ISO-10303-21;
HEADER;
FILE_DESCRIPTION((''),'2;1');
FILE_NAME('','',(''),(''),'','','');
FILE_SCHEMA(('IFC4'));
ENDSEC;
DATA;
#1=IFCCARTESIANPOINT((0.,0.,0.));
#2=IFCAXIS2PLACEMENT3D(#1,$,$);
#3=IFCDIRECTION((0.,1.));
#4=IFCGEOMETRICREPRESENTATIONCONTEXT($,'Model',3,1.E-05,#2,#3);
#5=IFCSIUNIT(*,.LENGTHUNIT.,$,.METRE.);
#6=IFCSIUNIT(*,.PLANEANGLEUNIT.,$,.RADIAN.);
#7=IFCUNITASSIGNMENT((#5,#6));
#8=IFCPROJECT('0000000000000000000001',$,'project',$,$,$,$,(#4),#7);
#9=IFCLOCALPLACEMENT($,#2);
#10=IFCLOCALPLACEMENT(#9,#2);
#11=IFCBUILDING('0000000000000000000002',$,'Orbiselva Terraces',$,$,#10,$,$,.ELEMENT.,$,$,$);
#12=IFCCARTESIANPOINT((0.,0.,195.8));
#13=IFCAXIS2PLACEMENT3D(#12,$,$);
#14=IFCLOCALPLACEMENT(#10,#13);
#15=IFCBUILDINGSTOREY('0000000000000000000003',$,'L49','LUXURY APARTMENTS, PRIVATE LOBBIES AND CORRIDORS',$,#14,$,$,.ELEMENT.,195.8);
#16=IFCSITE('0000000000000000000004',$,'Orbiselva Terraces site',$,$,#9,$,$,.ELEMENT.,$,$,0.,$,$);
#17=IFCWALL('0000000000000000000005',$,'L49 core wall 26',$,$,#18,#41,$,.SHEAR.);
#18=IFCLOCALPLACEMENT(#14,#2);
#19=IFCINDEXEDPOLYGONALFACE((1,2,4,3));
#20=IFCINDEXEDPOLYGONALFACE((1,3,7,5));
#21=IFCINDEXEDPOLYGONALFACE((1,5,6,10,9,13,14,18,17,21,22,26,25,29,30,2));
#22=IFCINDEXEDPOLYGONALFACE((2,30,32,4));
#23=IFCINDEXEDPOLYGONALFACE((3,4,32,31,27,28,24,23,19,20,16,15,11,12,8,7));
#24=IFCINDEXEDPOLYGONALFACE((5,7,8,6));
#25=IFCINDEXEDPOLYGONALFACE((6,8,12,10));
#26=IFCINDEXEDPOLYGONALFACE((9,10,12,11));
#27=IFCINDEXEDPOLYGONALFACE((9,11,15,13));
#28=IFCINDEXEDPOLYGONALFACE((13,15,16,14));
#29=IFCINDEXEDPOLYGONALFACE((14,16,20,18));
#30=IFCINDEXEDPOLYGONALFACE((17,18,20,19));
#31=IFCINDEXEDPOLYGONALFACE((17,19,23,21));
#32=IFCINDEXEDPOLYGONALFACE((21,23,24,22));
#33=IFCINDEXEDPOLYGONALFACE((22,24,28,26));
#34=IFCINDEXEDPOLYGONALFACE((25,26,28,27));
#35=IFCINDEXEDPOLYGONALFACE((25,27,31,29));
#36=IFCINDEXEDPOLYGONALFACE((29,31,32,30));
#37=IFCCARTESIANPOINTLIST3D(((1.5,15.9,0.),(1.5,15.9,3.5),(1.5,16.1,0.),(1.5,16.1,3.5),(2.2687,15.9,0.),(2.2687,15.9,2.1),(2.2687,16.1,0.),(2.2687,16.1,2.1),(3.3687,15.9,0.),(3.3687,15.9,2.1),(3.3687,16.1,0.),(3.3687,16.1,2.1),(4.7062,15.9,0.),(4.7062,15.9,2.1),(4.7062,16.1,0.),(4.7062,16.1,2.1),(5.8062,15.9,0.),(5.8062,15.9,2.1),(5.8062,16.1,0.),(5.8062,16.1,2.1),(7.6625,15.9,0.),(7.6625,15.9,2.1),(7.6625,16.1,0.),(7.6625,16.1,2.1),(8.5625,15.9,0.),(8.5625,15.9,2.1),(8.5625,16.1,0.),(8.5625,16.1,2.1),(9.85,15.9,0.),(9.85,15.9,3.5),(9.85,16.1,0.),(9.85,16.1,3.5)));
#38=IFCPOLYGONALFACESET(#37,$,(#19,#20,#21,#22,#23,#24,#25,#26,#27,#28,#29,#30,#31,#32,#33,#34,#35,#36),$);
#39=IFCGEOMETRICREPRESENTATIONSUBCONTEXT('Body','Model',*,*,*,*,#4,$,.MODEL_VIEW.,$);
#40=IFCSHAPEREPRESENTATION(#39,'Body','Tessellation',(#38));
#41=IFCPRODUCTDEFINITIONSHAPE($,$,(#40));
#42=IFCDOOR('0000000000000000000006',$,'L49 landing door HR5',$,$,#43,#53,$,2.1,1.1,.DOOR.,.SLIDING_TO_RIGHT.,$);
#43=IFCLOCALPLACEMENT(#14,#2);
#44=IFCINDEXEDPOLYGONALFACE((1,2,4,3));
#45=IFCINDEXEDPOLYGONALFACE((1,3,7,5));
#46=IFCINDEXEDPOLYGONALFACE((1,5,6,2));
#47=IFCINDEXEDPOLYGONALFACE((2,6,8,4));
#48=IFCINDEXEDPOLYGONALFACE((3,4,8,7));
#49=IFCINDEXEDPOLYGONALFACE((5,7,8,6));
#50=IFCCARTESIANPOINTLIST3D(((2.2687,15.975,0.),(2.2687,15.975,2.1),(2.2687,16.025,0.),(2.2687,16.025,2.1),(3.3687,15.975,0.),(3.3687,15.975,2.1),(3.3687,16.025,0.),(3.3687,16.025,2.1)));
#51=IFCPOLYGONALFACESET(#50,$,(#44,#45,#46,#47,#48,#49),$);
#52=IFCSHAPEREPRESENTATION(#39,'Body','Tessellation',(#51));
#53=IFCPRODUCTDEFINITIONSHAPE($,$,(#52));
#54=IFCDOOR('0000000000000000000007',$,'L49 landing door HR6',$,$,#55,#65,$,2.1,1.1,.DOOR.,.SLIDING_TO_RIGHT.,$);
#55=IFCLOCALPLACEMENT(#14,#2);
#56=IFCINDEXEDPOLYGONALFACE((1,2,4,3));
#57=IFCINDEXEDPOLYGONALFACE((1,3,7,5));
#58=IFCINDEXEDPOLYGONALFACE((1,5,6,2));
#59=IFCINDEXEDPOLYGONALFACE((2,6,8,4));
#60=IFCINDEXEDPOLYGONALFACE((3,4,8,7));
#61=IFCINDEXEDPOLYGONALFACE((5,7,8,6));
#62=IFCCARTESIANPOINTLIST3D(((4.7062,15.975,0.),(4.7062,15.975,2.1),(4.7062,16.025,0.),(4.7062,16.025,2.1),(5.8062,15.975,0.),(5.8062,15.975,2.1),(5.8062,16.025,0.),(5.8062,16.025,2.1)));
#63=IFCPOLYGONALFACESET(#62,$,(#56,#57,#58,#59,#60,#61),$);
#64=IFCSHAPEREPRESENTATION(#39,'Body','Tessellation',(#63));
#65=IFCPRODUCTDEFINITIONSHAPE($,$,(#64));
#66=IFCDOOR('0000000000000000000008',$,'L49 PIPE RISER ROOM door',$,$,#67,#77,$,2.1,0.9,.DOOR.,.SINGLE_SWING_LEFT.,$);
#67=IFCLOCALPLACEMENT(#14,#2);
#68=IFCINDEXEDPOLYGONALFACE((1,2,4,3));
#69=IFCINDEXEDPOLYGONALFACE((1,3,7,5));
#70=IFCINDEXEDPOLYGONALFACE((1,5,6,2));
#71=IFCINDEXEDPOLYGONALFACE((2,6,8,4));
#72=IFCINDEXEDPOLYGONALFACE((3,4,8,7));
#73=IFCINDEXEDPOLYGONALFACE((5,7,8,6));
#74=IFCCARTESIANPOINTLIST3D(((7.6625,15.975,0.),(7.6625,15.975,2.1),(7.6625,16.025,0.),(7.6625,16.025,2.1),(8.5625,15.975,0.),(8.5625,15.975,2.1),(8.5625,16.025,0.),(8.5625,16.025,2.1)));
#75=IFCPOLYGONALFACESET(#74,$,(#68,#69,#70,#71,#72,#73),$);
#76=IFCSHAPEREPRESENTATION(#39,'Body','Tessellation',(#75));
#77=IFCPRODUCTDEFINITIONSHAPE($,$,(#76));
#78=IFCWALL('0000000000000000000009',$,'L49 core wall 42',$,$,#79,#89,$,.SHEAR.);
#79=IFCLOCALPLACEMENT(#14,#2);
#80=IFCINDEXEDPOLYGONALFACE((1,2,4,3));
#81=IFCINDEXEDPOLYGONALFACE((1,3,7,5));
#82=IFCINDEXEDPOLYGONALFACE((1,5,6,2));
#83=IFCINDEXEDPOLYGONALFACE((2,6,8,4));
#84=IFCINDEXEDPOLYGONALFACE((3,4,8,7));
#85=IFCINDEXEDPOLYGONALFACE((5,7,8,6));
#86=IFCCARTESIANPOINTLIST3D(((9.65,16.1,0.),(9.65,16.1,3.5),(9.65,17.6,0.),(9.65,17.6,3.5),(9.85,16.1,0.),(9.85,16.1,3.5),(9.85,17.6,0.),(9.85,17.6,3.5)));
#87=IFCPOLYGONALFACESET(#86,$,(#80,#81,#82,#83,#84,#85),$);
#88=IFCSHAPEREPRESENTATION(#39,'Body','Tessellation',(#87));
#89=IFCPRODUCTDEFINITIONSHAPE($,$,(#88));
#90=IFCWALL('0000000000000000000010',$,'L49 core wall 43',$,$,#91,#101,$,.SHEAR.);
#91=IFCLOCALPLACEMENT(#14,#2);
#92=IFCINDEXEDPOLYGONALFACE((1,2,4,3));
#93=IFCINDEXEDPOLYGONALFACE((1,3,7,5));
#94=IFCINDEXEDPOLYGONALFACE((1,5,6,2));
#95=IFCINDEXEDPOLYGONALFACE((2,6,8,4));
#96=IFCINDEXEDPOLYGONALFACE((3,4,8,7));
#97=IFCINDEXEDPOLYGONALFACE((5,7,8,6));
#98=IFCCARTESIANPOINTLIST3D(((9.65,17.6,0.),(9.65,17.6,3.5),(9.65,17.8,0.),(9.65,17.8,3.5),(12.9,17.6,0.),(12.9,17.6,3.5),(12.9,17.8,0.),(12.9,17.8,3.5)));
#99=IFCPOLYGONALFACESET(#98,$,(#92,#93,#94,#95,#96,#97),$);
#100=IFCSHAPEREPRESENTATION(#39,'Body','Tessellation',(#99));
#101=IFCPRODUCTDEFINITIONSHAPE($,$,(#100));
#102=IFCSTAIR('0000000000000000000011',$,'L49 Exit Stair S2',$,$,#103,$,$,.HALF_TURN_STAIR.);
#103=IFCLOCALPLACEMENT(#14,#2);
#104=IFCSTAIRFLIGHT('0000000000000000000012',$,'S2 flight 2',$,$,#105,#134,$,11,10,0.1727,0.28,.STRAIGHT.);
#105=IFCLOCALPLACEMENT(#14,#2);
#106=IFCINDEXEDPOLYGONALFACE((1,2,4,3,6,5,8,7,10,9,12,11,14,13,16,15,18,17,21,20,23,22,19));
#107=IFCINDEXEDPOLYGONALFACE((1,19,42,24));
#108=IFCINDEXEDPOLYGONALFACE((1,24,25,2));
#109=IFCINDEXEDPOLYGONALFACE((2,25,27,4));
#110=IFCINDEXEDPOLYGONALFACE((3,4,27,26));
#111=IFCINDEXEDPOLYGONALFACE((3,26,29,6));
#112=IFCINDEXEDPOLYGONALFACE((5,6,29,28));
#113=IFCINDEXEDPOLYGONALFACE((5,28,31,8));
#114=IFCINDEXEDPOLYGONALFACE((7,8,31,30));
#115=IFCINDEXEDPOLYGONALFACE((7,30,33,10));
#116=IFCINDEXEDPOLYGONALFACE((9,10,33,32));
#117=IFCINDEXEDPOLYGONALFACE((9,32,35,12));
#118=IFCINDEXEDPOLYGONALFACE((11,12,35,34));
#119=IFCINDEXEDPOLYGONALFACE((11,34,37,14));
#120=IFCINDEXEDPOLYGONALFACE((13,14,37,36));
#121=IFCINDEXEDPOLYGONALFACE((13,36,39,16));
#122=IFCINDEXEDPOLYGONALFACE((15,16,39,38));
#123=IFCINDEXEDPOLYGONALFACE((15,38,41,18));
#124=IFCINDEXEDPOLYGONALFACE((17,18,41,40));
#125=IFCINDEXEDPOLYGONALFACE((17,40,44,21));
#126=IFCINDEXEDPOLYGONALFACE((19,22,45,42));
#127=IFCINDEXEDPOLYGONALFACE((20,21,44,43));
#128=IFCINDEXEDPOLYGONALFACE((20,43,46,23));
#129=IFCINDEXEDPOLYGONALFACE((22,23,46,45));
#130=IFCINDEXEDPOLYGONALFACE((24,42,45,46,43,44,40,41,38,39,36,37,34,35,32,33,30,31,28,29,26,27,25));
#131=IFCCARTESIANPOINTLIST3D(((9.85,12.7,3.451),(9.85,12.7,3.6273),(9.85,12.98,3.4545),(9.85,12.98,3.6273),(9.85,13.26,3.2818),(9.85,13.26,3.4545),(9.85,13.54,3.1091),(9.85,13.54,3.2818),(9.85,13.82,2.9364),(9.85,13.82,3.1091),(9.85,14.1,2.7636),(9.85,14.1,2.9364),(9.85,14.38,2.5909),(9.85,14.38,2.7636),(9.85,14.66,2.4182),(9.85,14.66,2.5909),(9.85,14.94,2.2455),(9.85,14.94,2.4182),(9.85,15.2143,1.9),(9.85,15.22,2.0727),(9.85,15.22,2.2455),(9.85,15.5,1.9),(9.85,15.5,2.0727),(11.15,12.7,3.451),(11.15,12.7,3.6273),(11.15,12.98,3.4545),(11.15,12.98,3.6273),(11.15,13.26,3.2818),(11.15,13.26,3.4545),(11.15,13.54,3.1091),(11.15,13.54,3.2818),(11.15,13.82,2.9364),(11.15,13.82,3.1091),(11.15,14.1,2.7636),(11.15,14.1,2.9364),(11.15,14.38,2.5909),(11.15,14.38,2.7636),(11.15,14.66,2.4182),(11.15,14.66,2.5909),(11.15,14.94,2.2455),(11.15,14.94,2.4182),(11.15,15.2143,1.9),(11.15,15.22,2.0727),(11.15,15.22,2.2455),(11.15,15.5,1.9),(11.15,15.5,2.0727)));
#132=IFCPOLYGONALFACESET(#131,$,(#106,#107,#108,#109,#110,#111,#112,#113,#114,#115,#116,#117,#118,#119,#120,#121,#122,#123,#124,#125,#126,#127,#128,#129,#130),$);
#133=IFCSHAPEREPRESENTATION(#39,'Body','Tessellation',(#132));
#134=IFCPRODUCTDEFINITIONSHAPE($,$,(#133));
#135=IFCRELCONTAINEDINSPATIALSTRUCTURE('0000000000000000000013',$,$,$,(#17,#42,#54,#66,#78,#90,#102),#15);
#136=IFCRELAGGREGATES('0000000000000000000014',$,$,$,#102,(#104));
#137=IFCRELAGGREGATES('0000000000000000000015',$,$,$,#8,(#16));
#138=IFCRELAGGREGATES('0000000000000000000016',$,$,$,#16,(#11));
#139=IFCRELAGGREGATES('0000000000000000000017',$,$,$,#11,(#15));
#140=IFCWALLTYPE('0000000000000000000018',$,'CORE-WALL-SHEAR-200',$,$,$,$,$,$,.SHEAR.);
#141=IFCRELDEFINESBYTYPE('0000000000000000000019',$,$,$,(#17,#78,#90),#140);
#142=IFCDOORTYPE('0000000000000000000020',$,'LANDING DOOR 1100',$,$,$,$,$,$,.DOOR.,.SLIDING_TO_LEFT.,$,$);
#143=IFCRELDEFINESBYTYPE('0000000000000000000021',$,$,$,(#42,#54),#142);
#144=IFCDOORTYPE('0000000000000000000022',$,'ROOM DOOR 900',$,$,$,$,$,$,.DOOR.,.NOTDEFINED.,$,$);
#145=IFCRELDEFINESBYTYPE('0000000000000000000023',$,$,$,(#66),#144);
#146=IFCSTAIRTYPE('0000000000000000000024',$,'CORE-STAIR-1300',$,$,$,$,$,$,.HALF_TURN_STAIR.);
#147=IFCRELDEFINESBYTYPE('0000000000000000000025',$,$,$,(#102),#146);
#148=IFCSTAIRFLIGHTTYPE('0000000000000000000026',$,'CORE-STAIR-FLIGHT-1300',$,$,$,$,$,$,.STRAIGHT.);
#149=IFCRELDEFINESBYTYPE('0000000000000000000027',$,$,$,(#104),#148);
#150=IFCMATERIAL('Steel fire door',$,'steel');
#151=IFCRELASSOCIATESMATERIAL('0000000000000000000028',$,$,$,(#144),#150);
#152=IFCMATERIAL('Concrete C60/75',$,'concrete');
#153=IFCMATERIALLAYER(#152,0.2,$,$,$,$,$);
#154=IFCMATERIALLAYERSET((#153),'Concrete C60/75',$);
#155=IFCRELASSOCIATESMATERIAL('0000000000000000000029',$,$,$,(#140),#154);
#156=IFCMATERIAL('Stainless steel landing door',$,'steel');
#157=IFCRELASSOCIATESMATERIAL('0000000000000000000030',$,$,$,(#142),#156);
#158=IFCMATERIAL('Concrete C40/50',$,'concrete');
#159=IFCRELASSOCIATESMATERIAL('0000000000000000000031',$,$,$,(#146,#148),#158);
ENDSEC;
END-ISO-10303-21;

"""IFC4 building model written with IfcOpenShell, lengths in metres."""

from ifc_helpers import new_model, si_unit, direction, frame, frame_2d, origin, place, context, subcontext, project, spatial, polyline, rectangle, outline, extrude, material, layer, layer_set, type_object, element, fill, aggregate, save


model = new_model("IFC4")

# Units and contexts
model_context = context("Model", 3, precision=1e-05, world=origin(), true_north=direction((0.0, 1.0)))
body_context = subcontext(model_context, "Body", "Model", "MODEL_VIEW")
ifc_project = project(units=[si_unit("LENGTHUNIT", "METRE"), si_unit("PLANEANGLEUNIT", "RADIAN")], contexts=[model_context])

# Site, building, storey
site_placement = place(None, origin())
site = spatial("IfcSite", under=ifc_project, at=site_placement, Name="Orbiselva Terraces site", CompositionType="ELEMENT", RefElevation=0.0)
building_placement = place(site_placement, origin())
building = spatial("IfcBuilding", under=site, at=building_placement, Name="Orbiselva Terraces", CompositionType="ELEMENT")
storey_placement = place(building_placement, frame((0.0, 0.0, 195.8)))
storey = spatial("IfcBuildingStorey", under=building, at=storey_placement, Name="L49", Description="LUXURY APARTMENTS, PRIVATE LOBBIES AND CORRIDORS", CompositionType="ELEMENT", Elevation=195.8)

# Shared definitions
ifc_material_1 = material(Name="Steel fire door", Category="steel")
door_type_1 = type_object("IfcDoorType", Name="ROOM DOOR 900", OperationType="NOTDEFINED", PredefinedType="DOOR", material=ifc_material_1)

# Shared definitions
ifc_material_2 = material(Name="Concrete C40/50", Category="concrete")
ifc_material_3 = material(Name="Concrete C60/75", Category="concrete")
ifc_layer_1 = layer(ifc_material_3, 0.2)
ifc_layer_set_1 = layer_set([ifc_layer_1], Name="Concrete C60/75")
wall_type_1 = type_object("IfcWallType", Name="CORE-WALL-SHEAR-200", PredefinedType="SHEAR", material=ifc_layer_set_1)

# Wall, openings, doors
wall_1_placement = place(storey_placement, frame((9.85, 16.0, 0.0), z_axis=(0.0, 0.0, 1.0), x_axis=(-1.0, 0.0, 0.0)))
wall_1 = element("IfcWall", 1, at=wall_1_placement, inside=storey, type_object=wall_type_1, Name="L49 core wall 26", PredefinedType="SHEAR", context=body_context, shape_type="SweptSolid", body=[
    extrude(rectangle(XDim=8.35, YDim=0.2, at=frame_2d((4.175, 0.0))), origin(), (0.0, 0.0, 1.0), 3.5),
])
opening_1_placement = place(wall_1_placement, frame((6.4813, 0.0, 0.0)))
opening_1 = element("IfcOpeningElement", 2, at=opening_1_placement, cuts=wall_1, PredefinedType="OPENING", context=body_context, shape_type="SweptSolid", body=[
    extrude(rectangle(XDim=1.1, YDim=2.1, at=frame_2d((0.55, 1.05))), frame((0.0, 0.11, 0.0), z_axis=(0.0, -1.0, 0.0), x_axis=(1.0, 0.0, 0.0)), (0.0, 0.0, 1.0), 0.22),
])
opening_2_placement = place(wall_1_placement, frame((4.0438, 0.0, 0.0)))
opening_2 = element("IfcOpeningElement", 3, at=opening_2_placement, cuts=wall_1, PredefinedType="OPENING", context=body_context, shape_type="SweptSolid", body=[
    extrude(rectangle(XDim=1.1, YDim=2.1, at=frame_2d((0.55, 1.05))), frame((0.0, 0.11, 0.0), z_axis=(0.0, -1.0, 0.0), x_axis=(1.0, 0.0, 0.0)), (0.0, 0.0, 1.0), 0.22),
])
opening_3_placement = place(wall_1_placement, frame((1.2875, 0.0, 0.0)))
opening_3 = element("IfcOpeningElement", 4, at=opening_3_placement, cuts=wall_1, PredefinedType="OPENING", context=body_context, shape_type="SweptSolid", body=[
    extrude(rectangle(XDim=0.9, YDim=2.1, at=frame_2d((0.45, 1.05))), frame((0.0, 0.11, 0.0), z_axis=(0.0, -1.0, 0.0), x_axis=(1.0, 0.0, 0.0)), (0.0, 0.0, 1.0), 0.22),
])
ifc_material_4 = material(Name="Stainless steel landing door", Category="steel")
door_type_2 = type_object("IfcDoorType", Name="LANDING DOOR 1100", OperationType="SLIDING_TO_LEFT", PredefinedType="DOOR", material=ifc_material_4)
door_1_placement = place(opening_1_placement, origin())
door_1 = element("IfcDoor", 5, at=door_1_placement, inside=storey, type_object=door_type_2, Name="L49 landing door HR5", OperationType="SLIDING_TO_RIGHT", OverallHeight=2.1, OverallWidth=1.1, PredefinedType="DOOR", context=body_context, shape_type="SweptSolid", body=[
    extrude(rectangle(XDim=1.1, YDim=2.1, at=frame_2d((0.55, 1.05))), frame((0.0, 0.025, 0.0), z_axis=(0.0, -1.0, 0.0), x_axis=(1.0, 0.0, 0.0)), (0.0, 0.0, 1.0), 0.05),
])
fill(opening_1, door_1)
door_2_placement = place(opening_2_placement, origin())
door_2 = element("IfcDoor", 6, at=door_2_placement, inside=storey, type_object=door_type_2, Name="L49 landing door HR6", OperationType="SLIDING_TO_RIGHT", OverallHeight=2.1, OverallWidth=1.1, PredefinedType="DOOR", context=body_context, shape_type="SweptSolid", body=[
    extrude(rectangle(XDim=1.1, YDim=2.1, at=frame_2d((0.55, 1.05))), frame((0.0, 0.025, 0.0), z_axis=(0.0, -1.0, 0.0), x_axis=(1.0, 0.0, 0.0)), (0.0, 0.0, 1.0), 0.05),
])
fill(opening_2, door_2)
door_3_placement = place(opening_3_placement, origin())
door_3 = element("IfcDoor", 7, at=door_3_placement, inside=storey, type_object=door_type_1, Name="L49 PIPE RISER ROOM door", OperationType="SINGLE_SWING_LEFT", OverallHeight=2.1, OverallWidth=0.9, PredefinedType="DOOR", context=body_context, shape_type="SweptSolid", body=[
    extrude(rectangle(XDim=0.9, YDim=2.1, at=frame_2d((0.45, 1.05))), frame((0.0, 0.025, 0.0), z_axis=(0.0, -1.0, 0.0), x_axis=(1.0, 0.0, 0.0)), (0.0, 0.0, 1.0), 0.05),
])
fill(opening_3, door_3)

# Walls
wall_2_placement = place(storey_placement, frame((9.75, 16.1, 0.0), z_axis=(0.0, 0.0, 1.0), x_axis=(0.0, 1.0, 0.0)))
element("IfcWall", 8, at=wall_2_placement, inside=storey, type_object=wall_type_1, Name="L49 core wall 42", PredefinedType="SHEAR", context=body_context, shape_type="SweptSolid", body=[
    extrude(rectangle(XDim=1.5, YDim=0.2, at=frame_2d((0.75, 0.0))), origin(), (0.0, 0.0, 1.0), 3.5),
])
wall_3_placement = place(storey_placement, frame((9.65, 17.7, 0.0), z_axis=(0.0, 0.0, 1.0), x_axis=(1.0, 0.0, 0.0)))
element("IfcWall", 9, at=wall_3_placement, inside=storey, type_object=wall_type_1, Name="L49 core wall 43", PredefinedType="SHEAR", context=body_context, shape_type="SweptSolid", body=[
    extrude(rectangle(XDim=3.25, YDim=0.2, at=frame_2d((1.625, 0.0))), origin(), (0.0, 0.0, 1.0), 3.5),
])

# Stair, stair flight
stair_type = type_object("IfcStairType", Name="CORE-STAIR-1300", PredefinedType="HALF_TURN_STAIR", material=ifc_material_2)
stair_placement = place(storey_placement, origin())
stair = element("IfcStair", 10, at=stair_placement, inside=storey, type_object=stair_type, Name="L49 Exit Stair S2", PredefinedType="HALF_TURN_STAIR")
stair_flight_type = type_object("IfcStairFlightType", Name="CORE-STAIR-FLIGHT-1300", PredefinedType="STRAIGHT", material=ifc_material_2)
stair_flight_placement = place(storey_placement, frame((10.5, 15.5, 1.9), z_axis=(0.0, 0.0, 1.0), x_axis=(0.0, -1.0, 0.0)))
stair_flight = element("IfcStairFlight", 11, at=stair_flight_placement, type_object=stair_flight_type, Name="S2 flight 2", NumberOfRisers=11, NumberOfTreads=10, PredefinedType="STRAIGHT", RiserHeight=0.1727, TreadLength=0.28, context=body_context, shape_type="SweptSolid", body=[
    extrude(outline(polyline([(0.0, 0.0), (0.0, 0.1727), (0.28, 0.1727), (0.28, 0.3455), (0.56, 0.3455), (0.56, 0.5182), (0.84, 0.5182), (0.84, 0.6909), (1.12, 0.6909), (1.12, 0.8636), (1.4, 0.8636), (1.4, 1.0364), (1.68, 1.0364), (1.68, 1.2091), (1.96, 1.2091), (1.96, 1.3818), (2.24, 1.3818), (2.24, 1.5545), (2.52, 1.5545), (2.52, 1.7273), (2.8, 1.7273), (2.8, 1.9), (2.8, 1.551), (0.2857, 0.0), (0.0, 0.0)])), frame((0.0, 0.65, 0.0), z_axis=(0.0, -1.0, 0.0), x_axis=(1.0, 0.0, 0.0)), (0.0, 0.0, 1.0), 1.3),
])
aggregate(stair, [stair_flight])

save(model, "model.ifc")
